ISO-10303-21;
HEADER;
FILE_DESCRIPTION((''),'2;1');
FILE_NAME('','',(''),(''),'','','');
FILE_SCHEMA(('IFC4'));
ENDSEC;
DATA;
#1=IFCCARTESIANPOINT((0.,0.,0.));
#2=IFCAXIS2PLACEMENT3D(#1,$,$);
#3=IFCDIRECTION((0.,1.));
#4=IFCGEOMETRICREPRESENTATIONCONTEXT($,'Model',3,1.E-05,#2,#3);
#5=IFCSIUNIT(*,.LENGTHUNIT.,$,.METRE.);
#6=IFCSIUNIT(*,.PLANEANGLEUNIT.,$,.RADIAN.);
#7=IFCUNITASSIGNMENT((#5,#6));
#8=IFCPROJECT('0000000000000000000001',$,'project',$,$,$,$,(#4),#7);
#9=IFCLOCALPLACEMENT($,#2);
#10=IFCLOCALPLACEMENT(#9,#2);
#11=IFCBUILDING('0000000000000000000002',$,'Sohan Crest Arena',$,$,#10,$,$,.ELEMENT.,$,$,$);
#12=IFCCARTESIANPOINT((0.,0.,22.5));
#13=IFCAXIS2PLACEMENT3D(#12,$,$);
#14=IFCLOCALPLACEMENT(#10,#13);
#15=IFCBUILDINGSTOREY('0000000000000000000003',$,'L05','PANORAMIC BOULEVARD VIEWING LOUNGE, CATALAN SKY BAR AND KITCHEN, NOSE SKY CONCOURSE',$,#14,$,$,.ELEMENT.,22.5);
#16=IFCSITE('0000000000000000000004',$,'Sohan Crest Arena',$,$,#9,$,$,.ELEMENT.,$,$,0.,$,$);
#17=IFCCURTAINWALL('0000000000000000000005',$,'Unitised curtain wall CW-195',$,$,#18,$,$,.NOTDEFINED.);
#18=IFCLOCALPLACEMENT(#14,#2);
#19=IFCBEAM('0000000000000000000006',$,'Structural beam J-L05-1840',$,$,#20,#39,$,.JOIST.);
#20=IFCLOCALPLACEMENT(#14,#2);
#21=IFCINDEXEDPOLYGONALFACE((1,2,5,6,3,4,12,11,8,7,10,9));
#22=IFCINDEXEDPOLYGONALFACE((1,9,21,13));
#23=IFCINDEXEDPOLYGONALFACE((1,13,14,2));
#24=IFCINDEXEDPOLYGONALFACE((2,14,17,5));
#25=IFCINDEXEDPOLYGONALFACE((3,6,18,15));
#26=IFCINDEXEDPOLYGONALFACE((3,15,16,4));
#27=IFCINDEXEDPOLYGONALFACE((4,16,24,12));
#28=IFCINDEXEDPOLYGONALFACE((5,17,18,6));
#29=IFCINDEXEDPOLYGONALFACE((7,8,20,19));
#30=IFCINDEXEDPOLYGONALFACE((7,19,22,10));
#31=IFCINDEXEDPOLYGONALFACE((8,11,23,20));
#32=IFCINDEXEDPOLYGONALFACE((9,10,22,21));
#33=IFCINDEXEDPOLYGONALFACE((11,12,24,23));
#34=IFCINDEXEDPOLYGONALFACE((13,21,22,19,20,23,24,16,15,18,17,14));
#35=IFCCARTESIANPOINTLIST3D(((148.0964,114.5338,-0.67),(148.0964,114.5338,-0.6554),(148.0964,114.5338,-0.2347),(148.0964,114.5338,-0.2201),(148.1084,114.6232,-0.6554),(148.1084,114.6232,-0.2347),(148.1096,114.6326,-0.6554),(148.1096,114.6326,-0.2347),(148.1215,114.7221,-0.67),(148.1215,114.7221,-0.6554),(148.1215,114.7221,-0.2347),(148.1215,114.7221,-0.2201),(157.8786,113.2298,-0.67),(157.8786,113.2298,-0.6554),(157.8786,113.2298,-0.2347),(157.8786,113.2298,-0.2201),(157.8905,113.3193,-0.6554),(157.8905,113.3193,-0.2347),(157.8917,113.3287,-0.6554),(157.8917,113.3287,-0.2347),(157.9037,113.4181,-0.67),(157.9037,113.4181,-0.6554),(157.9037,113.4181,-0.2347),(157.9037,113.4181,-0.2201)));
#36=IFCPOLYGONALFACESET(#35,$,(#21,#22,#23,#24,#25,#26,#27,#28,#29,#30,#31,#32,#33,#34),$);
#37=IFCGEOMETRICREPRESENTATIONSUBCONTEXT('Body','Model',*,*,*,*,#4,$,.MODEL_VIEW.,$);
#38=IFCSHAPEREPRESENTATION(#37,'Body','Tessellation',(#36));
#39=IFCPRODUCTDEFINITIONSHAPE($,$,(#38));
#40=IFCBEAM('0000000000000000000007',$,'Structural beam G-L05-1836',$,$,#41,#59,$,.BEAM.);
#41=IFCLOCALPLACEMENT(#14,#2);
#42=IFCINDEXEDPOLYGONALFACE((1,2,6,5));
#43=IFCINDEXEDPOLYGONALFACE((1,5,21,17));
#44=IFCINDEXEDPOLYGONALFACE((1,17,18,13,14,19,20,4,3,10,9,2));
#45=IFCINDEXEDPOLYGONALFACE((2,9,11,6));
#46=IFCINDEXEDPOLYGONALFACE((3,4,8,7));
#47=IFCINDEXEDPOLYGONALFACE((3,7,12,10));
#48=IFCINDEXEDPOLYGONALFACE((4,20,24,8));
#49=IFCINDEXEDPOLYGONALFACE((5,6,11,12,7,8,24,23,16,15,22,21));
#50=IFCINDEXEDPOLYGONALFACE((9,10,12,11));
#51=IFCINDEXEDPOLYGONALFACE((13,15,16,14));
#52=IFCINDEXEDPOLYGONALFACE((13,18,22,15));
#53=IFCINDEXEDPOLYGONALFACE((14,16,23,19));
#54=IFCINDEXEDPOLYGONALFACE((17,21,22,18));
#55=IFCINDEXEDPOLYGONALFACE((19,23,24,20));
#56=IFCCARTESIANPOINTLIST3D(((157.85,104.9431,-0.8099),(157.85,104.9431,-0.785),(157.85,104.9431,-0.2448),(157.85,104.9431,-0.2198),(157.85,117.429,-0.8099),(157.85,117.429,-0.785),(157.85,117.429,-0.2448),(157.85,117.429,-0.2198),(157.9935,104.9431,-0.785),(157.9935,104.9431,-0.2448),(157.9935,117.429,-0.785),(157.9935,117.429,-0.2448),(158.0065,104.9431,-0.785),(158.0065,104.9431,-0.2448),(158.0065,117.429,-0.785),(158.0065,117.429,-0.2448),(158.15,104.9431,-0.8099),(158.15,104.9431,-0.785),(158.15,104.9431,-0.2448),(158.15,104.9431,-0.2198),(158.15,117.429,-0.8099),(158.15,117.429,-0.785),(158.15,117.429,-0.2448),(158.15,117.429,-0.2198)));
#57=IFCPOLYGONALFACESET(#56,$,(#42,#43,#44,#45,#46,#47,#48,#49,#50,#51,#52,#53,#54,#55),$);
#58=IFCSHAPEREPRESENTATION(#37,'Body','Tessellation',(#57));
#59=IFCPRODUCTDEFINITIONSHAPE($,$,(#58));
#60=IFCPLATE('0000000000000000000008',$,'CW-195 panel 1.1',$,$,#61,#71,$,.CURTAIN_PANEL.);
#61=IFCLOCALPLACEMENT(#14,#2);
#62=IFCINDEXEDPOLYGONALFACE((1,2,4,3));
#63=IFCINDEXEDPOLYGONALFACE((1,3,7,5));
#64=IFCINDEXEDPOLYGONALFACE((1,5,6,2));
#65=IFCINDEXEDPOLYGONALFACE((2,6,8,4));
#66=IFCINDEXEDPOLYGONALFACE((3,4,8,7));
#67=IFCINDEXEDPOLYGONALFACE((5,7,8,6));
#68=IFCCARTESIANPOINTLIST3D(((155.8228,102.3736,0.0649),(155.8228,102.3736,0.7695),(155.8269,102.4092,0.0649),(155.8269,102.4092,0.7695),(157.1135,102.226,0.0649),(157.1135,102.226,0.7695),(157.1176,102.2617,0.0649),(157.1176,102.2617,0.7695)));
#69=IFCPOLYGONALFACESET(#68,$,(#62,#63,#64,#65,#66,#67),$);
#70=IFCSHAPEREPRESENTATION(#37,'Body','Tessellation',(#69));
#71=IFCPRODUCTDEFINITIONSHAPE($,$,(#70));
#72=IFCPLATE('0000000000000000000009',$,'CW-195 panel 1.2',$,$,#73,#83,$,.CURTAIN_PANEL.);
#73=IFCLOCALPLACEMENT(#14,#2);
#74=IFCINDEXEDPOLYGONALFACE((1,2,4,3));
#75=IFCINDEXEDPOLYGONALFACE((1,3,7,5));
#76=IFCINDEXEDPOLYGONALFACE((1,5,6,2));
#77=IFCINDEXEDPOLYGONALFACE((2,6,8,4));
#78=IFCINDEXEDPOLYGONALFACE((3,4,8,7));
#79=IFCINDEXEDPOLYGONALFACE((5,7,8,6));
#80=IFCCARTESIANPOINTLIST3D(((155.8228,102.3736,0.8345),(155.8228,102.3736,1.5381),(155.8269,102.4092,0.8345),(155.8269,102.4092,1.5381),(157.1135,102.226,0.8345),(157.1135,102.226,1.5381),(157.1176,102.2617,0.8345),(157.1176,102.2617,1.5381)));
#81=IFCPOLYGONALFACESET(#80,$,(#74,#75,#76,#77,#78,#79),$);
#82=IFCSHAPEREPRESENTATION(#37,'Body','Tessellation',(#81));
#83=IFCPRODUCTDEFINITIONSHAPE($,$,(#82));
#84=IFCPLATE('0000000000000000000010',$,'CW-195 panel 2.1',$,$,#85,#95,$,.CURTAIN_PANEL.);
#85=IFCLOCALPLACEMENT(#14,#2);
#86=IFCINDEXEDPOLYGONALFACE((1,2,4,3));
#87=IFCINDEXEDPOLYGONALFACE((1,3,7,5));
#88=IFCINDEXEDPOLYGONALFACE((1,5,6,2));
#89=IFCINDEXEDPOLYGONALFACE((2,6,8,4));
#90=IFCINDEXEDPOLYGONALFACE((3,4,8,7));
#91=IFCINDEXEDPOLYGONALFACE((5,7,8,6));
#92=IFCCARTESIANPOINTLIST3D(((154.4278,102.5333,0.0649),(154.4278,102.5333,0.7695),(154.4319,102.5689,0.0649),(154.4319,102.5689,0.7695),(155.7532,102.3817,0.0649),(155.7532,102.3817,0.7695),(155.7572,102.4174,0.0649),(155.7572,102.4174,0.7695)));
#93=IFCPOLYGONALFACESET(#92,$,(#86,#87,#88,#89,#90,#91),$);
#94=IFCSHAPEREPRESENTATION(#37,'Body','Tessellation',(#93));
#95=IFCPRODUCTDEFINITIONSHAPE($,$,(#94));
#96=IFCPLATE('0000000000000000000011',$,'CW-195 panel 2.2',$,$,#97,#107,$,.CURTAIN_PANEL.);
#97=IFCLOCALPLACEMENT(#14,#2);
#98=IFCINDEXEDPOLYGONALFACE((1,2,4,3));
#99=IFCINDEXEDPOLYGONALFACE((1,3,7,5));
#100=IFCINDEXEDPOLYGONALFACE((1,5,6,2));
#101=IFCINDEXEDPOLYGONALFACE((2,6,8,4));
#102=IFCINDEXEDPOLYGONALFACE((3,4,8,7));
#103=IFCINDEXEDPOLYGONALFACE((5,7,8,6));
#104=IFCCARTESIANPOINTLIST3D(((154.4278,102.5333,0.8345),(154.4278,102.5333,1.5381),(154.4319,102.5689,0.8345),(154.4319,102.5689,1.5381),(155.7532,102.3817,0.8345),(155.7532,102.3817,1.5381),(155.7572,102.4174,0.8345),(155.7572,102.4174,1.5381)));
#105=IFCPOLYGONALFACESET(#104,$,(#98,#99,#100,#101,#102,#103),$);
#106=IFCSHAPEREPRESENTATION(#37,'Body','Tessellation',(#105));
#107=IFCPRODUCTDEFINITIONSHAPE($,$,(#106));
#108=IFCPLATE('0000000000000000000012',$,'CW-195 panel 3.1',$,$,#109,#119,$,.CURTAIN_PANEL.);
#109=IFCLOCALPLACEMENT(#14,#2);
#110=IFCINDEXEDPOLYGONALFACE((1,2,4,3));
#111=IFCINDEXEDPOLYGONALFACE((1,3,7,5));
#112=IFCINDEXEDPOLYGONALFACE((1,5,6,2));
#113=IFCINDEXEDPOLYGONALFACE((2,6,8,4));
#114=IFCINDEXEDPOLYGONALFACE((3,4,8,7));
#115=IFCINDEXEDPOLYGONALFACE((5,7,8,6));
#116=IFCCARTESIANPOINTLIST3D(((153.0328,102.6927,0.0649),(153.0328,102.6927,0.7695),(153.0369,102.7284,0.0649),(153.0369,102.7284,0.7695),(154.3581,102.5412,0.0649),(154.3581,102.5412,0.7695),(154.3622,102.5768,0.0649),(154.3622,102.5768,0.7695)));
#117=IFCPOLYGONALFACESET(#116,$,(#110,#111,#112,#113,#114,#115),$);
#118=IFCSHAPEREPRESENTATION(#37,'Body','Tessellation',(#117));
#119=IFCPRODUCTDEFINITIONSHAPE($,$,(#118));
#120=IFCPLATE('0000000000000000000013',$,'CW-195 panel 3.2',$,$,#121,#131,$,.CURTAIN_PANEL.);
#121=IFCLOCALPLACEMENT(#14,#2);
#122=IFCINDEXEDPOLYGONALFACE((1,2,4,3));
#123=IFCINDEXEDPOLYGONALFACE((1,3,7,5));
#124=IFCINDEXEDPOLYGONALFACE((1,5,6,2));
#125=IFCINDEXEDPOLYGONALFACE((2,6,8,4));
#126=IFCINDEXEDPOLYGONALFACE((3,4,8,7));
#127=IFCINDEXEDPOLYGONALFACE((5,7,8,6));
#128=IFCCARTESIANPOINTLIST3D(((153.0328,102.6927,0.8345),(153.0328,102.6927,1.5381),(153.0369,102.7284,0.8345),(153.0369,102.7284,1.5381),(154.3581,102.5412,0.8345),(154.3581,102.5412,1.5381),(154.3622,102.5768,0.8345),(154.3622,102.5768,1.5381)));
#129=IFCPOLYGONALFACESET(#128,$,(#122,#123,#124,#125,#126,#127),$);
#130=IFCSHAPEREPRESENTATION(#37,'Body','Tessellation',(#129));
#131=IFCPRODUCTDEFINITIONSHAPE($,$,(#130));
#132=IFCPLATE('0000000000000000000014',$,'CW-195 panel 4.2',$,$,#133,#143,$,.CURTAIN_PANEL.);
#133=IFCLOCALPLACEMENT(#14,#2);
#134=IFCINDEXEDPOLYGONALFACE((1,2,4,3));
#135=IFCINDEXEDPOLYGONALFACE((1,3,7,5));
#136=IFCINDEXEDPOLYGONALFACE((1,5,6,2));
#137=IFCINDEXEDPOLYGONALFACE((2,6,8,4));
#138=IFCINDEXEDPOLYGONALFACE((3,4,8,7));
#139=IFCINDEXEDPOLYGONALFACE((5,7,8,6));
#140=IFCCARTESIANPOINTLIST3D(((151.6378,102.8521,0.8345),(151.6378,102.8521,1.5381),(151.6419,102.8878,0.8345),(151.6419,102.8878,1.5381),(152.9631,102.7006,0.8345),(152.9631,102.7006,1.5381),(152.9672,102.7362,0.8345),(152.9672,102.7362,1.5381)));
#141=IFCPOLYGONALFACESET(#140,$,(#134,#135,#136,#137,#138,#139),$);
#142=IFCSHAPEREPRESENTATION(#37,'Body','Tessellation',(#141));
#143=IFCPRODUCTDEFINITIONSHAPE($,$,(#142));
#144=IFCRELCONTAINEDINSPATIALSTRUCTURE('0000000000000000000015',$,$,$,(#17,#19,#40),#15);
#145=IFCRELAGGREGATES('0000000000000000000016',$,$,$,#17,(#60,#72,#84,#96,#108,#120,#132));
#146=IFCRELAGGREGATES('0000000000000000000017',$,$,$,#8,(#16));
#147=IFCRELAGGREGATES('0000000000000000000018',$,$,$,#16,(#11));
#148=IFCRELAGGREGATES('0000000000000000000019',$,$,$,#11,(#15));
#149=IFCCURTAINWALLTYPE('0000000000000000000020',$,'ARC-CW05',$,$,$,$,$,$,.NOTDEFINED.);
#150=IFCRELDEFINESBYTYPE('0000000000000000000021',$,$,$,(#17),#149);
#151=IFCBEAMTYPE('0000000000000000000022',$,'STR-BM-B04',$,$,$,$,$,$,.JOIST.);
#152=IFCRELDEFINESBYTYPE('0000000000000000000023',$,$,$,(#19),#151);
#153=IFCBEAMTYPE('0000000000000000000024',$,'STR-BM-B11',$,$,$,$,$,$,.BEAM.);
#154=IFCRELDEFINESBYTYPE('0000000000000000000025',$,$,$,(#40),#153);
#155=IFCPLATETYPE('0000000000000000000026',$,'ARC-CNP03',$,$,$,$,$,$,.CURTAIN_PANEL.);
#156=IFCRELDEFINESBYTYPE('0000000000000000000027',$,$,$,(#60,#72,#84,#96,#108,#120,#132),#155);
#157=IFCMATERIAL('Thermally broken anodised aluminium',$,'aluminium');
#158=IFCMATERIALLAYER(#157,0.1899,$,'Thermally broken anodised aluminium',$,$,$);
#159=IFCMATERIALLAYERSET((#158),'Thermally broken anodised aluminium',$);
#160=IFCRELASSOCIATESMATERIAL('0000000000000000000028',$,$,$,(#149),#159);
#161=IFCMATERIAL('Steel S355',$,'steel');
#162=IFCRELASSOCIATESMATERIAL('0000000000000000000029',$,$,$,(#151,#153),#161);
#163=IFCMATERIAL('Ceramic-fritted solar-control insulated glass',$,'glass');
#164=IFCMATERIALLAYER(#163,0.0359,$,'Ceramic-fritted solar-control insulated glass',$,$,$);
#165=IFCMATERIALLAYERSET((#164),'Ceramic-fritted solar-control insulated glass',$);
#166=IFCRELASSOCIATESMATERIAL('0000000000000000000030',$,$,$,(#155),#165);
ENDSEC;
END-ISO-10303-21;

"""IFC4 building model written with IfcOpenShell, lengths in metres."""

from ifc_helpers import new_model, si_unit, direction, frame, origin, origin_2d, place, context, subcontext, project, spatial, rectangle, i_section, extrude, material, layer, layer_set, material_profile, profile_set, type_object, element, aggregate, save


model = new_model("IFC4")

# Units and contexts
model_context = context("Model", 3, precision=1e-05, world=origin(), true_north=direction((0.0, 1.0)))
body_context = subcontext(model_context, "Body", "Model", "MODEL_VIEW")
ifc_project = project(units=[si_unit("LENGTHUNIT", "METRE"), si_unit("PLANEANGLEUNIT", "RADIAN")], contexts=[model_context])

# Site, building, storey
site_placement = place(None, origin())
site = spatial("IfcSite", under=ifc_project, at=site_placement, Name="Sohan Crest Arena", CompositionType="ELEMENT", RefElevation=0.0)
building_placement = place(site_placement, origin())
building = spatial("IfcBuilding", under=site, at=building_placement, Name="Sohan Crest Arena", CompositionType="ELEMENT")
storey_placement = place(building_placement, frame((0.0, 0.0, 22.5)))
storey = spatial("IfcBuildingStorey", under=building, at=storey_placement, Name="L05", Description="PANORAMIC BOULEVARD VIEWING LOUNGE, CATALAN SKY BAR AND KITCHEN, NOSE SKY CONCOURSE", CompositionType="ELEMENT", Elevation=22.5)

# Curtain wall
ifc_material_1 = material(Name="Thermally broken anodised aluminium", Category="aluminium")
ifc_layer_1 = layer(ifc_material_1, 0.1899, Name="Thermally broken anodised aluminium")
ifc_layer_set_1 = layer_set([ifc_layer_1], Name="Thermally broken anodised aluminium")
curtain_wall_type = type_object("IfcCurtainWallType", Name="ARC-CW05", PredefinedType="NOTDEFINED", material=ifc_layer_set_1)
curtain_wall_placement = place(storey_placement, origin())
curtain_wall = element("IfcCurtainWall", 1, at=curtain_wall_placement, inside=storey, type_object=curtain_wall_type, Name="Unitised curtain wall CW-195", PredefinedType="NOTDEFINED")

# Beams
ifc_material_2 = material(Name="Steel S355", Category="steel")
ifc_material_profile_1 = material_profile(ifc_material_2, i_section(OverallWidth=0.1899, OverallDepth=0.45, WebThickness=0.0095, FlangeThickness=0.0146, at=origin_2d()), Name="IPE 450")
ifc_profile_set_1 = profile_set([ifc_material_profile_1], Name="Steel S355")
beam_type_1 = type_object("IfcBeamType", Name="STR-BM-B04", PredefinedType="JOIST", material=ifc_profile_set_1)
beam_1_placement = place(storey_placement, frame((157.8911, 113.324, -0.4451), z_axis=(-0.991232, 0.13213, 0.0), x_axis=(-0.13213, -0.991232, 0.0)))
element("IfcBeam", 2, at=beam_1_placement, inside=storey, type_object=beam_type_1, Name="Structural beam J-L05-1840", PredefinedType="JOIST", context=body_context, shape_type="SweptSolid", body=[
    extrude(i_section(OverallWidth=0.1899, OverallDepth=0.45, WebThickness=0.0095, FlangeThickness=0.0146, at=origin_2d()), origin(), (0.0, 0.0, 1.0), 9.8687),
])
ifc_material_profile_2 = material_profile(ifc_material_2, i_section(OverallWidth=0.3, OverallDepth=0.5901, WebThickness=0.0129, FlangeThickness=0.0249, at=origin_2d()), Name="HEA 600")
ifc_profile_set_2 = profile_set([ifc_material_profile_2], Name="Steel S355")
beam_type_2 = type_object("IfcBeamType", Name="STR-BM-B11", PredefinedType="BEAM", material=ifc_profile_set_2)
beam_2_placement = place(storey_placement, frame((158.0, 104.9431, -0.5149), z_axis=(0.0, 1.0, 0.0), x_axis=(-1.0, 0.0, 0.0)))
element("IfcBeam", 3, at=beam_2_placement, inside=storey, type_object=beam_type_2, Name="Structural beam G-L05-1836", PredefinedType="BEAM", context=body_context, shape_type="SweptSolid", body=[
    extrude(i_section(OverallWidth=0.3, OverallDepth=0.5901, WebThickness=0.0129, FlangeThickness=0.0249, at=origin_2d()), origin(), (0.0, 0.0, 1.0), 12.4858),
])

# Plates
ifc_material_3 = material(Name="Ceramic-fritted solar-control insulated glass", Category="glass")
ifc_layer_2 = layer(ifc_material_3, 0.0359, Name="Ceramic-fritted solar-control insulated glass")
ifc_layer_set_2 = layer_set([ifc_layer_2], Name="Ceramic-fritted solar-control insulated glass")
plate_type = type_object("IfcPlateType", Name="ARC-CNP03", PredefinedType="CURTAIN_PANEL", material=ifc_layer_set_2)
plate_1_placement = place(storey_placement, frame((156.4702, 102.3176, 0.0649), z_axis=(0.0, 0.0, 1.0), x_axis=(-0.993527, 0.113597, 0.0)))
plate_1 = element("IfcPlate", 4, at=plate_1_placement, type_object=plate_type, Name="CW-195 panel 1.1", PredefinedType="CURTAIN_PANEL", context=body_context, shape_type="SweptSolid", body=[
    extrude(rectangle(XDim=1.2991, YDim=0.0359, at=origin_2d()), origin(), (0.0, 0.0, 1.0), 0.7046),
])
plate_2_placement = place(storey_placement, frame((156.4702, 102.3176, 0.8345), z_axis=(0.0, 0.0, 1.0), x_axis=(-0.993527, 0.113597, 0.0)))
plate_2 = element("IfcPlate", 5, at=plate_2_placement, type_object=plate_type, Name="CW-195 panel 1.2", PredefinedType="CURTAIN_PANEL", context=body_context, shape_type="SweptSolid", body=[
    extrude(rectangle(XDim=1.2991, YDim=0.0359, at=origin_2d()), origin(), (0.0, 0.0, 1.0), 0.7036),
])
plate_3_placement = place(storey_placement, frame((155.0925, 102.4753, 0.0649), z_axis=(0.0, 0.0, 1.0), x_axis=(-0.993527, 0.113597, 0.0)))
plate_3 = element("IfcPlate", 6, at=plate_3_placement, type_object=plate_type, Name="CW-195 panel 2.1", PredefinedType="CURTAIN_PANEL", context=body_context, shape_type="SweptSolid", body=[
    extrude(rectangle(XDim=1.334, YDim=0.0359, at=origin_2d()), origin(), (0.0, 0.0, 1.0), 0.7046),
])
plate_4_placement = place(storey_placement, frame((155.0925, 102.4753, 0.8345), z_axis=(0.0, 0.0, 1.0), x_axis=(-0.993527, 0.113597, 0.0)))
plate_4 = element("IfcPlate", 7, at=plate_4_placement, type_object=plate_type, Name="CW-195 panel 2.2", PredefinedType="CURTAIN_PANEL", context=body_context, shape_type="SweptSolid", body=[
    extrude(rectangle(XDim=1.334, YDim=0.0359, at=origin_2d()), origin(), (0.0, 0.0, 1.0), 0.7036),
])
plate_5_placement = place(storey_placement, frame((153.6975, 102.6348, 0.0649), z_axis=(0.0, 0.0, 1.0), x_axis=(-0.993527, 0.113597, 0.0)))
plate_5 = element("IfcPlate", 8, at=plate_5_placement, type_object=plate_type, Name="CW-195 panel 3.1", PredefinedType="CURTAIN_PANEL", context=body_context, shape_type="SweptSolid", body=[
    extrude(rectangle(XDim=1.334, YDim=0.0359, at=origin_2d()), origin(), (0.0, 0.0, 1.0), 0.7046),
])
plate_6_placement = place(storey_placement, frame((153.6975, 102.6348, 0.8345), z_axis=(0.0, 0.0, 1.0), x_axis=(-0.993527, 0.113597, 0.0)))
plate_6 = element("IfcPlate", 9, at=plate_6_placement, type_object=plate_type, Name="CW-195 panel 3.2", PredefinedType="CURTAIN_PANEL", context=body_context, shape_type="SweptSolid", body=[
    extrude(rectangle(XDim=1.334, YDim=0.0359, at=origin_2d()), origin(), (0.0, 0.0, 1.0), 0.7036),
])
plate_7_placement = place(storey_placement, frame((152.3025, 102.7942, 0.8345), z_axis=(0.0, 0.0, 1.0), x_axis=(-0.993527, 0.113597, 0.0)))
plate_7 = element("IfcPlate", 10, at=plate_7_placement, type_object=plate_type, Name="CW-195 panel 4.2", PredefinedType="CURTAIN_PANEL", context=body_context, shape_type="SweptSolid", body=[
    extrude(rectangle(XDim=1.334, YDim=0.0359, at=origin_2d()), origin(), (0.0, 0.0, 1.0), 0.7036),
])
aggregate(curtain_wall, [plate_1, plate_2, plate_3, plate_4, plate_5, plate_6, plate_7])

save(model, "model.ifc")
